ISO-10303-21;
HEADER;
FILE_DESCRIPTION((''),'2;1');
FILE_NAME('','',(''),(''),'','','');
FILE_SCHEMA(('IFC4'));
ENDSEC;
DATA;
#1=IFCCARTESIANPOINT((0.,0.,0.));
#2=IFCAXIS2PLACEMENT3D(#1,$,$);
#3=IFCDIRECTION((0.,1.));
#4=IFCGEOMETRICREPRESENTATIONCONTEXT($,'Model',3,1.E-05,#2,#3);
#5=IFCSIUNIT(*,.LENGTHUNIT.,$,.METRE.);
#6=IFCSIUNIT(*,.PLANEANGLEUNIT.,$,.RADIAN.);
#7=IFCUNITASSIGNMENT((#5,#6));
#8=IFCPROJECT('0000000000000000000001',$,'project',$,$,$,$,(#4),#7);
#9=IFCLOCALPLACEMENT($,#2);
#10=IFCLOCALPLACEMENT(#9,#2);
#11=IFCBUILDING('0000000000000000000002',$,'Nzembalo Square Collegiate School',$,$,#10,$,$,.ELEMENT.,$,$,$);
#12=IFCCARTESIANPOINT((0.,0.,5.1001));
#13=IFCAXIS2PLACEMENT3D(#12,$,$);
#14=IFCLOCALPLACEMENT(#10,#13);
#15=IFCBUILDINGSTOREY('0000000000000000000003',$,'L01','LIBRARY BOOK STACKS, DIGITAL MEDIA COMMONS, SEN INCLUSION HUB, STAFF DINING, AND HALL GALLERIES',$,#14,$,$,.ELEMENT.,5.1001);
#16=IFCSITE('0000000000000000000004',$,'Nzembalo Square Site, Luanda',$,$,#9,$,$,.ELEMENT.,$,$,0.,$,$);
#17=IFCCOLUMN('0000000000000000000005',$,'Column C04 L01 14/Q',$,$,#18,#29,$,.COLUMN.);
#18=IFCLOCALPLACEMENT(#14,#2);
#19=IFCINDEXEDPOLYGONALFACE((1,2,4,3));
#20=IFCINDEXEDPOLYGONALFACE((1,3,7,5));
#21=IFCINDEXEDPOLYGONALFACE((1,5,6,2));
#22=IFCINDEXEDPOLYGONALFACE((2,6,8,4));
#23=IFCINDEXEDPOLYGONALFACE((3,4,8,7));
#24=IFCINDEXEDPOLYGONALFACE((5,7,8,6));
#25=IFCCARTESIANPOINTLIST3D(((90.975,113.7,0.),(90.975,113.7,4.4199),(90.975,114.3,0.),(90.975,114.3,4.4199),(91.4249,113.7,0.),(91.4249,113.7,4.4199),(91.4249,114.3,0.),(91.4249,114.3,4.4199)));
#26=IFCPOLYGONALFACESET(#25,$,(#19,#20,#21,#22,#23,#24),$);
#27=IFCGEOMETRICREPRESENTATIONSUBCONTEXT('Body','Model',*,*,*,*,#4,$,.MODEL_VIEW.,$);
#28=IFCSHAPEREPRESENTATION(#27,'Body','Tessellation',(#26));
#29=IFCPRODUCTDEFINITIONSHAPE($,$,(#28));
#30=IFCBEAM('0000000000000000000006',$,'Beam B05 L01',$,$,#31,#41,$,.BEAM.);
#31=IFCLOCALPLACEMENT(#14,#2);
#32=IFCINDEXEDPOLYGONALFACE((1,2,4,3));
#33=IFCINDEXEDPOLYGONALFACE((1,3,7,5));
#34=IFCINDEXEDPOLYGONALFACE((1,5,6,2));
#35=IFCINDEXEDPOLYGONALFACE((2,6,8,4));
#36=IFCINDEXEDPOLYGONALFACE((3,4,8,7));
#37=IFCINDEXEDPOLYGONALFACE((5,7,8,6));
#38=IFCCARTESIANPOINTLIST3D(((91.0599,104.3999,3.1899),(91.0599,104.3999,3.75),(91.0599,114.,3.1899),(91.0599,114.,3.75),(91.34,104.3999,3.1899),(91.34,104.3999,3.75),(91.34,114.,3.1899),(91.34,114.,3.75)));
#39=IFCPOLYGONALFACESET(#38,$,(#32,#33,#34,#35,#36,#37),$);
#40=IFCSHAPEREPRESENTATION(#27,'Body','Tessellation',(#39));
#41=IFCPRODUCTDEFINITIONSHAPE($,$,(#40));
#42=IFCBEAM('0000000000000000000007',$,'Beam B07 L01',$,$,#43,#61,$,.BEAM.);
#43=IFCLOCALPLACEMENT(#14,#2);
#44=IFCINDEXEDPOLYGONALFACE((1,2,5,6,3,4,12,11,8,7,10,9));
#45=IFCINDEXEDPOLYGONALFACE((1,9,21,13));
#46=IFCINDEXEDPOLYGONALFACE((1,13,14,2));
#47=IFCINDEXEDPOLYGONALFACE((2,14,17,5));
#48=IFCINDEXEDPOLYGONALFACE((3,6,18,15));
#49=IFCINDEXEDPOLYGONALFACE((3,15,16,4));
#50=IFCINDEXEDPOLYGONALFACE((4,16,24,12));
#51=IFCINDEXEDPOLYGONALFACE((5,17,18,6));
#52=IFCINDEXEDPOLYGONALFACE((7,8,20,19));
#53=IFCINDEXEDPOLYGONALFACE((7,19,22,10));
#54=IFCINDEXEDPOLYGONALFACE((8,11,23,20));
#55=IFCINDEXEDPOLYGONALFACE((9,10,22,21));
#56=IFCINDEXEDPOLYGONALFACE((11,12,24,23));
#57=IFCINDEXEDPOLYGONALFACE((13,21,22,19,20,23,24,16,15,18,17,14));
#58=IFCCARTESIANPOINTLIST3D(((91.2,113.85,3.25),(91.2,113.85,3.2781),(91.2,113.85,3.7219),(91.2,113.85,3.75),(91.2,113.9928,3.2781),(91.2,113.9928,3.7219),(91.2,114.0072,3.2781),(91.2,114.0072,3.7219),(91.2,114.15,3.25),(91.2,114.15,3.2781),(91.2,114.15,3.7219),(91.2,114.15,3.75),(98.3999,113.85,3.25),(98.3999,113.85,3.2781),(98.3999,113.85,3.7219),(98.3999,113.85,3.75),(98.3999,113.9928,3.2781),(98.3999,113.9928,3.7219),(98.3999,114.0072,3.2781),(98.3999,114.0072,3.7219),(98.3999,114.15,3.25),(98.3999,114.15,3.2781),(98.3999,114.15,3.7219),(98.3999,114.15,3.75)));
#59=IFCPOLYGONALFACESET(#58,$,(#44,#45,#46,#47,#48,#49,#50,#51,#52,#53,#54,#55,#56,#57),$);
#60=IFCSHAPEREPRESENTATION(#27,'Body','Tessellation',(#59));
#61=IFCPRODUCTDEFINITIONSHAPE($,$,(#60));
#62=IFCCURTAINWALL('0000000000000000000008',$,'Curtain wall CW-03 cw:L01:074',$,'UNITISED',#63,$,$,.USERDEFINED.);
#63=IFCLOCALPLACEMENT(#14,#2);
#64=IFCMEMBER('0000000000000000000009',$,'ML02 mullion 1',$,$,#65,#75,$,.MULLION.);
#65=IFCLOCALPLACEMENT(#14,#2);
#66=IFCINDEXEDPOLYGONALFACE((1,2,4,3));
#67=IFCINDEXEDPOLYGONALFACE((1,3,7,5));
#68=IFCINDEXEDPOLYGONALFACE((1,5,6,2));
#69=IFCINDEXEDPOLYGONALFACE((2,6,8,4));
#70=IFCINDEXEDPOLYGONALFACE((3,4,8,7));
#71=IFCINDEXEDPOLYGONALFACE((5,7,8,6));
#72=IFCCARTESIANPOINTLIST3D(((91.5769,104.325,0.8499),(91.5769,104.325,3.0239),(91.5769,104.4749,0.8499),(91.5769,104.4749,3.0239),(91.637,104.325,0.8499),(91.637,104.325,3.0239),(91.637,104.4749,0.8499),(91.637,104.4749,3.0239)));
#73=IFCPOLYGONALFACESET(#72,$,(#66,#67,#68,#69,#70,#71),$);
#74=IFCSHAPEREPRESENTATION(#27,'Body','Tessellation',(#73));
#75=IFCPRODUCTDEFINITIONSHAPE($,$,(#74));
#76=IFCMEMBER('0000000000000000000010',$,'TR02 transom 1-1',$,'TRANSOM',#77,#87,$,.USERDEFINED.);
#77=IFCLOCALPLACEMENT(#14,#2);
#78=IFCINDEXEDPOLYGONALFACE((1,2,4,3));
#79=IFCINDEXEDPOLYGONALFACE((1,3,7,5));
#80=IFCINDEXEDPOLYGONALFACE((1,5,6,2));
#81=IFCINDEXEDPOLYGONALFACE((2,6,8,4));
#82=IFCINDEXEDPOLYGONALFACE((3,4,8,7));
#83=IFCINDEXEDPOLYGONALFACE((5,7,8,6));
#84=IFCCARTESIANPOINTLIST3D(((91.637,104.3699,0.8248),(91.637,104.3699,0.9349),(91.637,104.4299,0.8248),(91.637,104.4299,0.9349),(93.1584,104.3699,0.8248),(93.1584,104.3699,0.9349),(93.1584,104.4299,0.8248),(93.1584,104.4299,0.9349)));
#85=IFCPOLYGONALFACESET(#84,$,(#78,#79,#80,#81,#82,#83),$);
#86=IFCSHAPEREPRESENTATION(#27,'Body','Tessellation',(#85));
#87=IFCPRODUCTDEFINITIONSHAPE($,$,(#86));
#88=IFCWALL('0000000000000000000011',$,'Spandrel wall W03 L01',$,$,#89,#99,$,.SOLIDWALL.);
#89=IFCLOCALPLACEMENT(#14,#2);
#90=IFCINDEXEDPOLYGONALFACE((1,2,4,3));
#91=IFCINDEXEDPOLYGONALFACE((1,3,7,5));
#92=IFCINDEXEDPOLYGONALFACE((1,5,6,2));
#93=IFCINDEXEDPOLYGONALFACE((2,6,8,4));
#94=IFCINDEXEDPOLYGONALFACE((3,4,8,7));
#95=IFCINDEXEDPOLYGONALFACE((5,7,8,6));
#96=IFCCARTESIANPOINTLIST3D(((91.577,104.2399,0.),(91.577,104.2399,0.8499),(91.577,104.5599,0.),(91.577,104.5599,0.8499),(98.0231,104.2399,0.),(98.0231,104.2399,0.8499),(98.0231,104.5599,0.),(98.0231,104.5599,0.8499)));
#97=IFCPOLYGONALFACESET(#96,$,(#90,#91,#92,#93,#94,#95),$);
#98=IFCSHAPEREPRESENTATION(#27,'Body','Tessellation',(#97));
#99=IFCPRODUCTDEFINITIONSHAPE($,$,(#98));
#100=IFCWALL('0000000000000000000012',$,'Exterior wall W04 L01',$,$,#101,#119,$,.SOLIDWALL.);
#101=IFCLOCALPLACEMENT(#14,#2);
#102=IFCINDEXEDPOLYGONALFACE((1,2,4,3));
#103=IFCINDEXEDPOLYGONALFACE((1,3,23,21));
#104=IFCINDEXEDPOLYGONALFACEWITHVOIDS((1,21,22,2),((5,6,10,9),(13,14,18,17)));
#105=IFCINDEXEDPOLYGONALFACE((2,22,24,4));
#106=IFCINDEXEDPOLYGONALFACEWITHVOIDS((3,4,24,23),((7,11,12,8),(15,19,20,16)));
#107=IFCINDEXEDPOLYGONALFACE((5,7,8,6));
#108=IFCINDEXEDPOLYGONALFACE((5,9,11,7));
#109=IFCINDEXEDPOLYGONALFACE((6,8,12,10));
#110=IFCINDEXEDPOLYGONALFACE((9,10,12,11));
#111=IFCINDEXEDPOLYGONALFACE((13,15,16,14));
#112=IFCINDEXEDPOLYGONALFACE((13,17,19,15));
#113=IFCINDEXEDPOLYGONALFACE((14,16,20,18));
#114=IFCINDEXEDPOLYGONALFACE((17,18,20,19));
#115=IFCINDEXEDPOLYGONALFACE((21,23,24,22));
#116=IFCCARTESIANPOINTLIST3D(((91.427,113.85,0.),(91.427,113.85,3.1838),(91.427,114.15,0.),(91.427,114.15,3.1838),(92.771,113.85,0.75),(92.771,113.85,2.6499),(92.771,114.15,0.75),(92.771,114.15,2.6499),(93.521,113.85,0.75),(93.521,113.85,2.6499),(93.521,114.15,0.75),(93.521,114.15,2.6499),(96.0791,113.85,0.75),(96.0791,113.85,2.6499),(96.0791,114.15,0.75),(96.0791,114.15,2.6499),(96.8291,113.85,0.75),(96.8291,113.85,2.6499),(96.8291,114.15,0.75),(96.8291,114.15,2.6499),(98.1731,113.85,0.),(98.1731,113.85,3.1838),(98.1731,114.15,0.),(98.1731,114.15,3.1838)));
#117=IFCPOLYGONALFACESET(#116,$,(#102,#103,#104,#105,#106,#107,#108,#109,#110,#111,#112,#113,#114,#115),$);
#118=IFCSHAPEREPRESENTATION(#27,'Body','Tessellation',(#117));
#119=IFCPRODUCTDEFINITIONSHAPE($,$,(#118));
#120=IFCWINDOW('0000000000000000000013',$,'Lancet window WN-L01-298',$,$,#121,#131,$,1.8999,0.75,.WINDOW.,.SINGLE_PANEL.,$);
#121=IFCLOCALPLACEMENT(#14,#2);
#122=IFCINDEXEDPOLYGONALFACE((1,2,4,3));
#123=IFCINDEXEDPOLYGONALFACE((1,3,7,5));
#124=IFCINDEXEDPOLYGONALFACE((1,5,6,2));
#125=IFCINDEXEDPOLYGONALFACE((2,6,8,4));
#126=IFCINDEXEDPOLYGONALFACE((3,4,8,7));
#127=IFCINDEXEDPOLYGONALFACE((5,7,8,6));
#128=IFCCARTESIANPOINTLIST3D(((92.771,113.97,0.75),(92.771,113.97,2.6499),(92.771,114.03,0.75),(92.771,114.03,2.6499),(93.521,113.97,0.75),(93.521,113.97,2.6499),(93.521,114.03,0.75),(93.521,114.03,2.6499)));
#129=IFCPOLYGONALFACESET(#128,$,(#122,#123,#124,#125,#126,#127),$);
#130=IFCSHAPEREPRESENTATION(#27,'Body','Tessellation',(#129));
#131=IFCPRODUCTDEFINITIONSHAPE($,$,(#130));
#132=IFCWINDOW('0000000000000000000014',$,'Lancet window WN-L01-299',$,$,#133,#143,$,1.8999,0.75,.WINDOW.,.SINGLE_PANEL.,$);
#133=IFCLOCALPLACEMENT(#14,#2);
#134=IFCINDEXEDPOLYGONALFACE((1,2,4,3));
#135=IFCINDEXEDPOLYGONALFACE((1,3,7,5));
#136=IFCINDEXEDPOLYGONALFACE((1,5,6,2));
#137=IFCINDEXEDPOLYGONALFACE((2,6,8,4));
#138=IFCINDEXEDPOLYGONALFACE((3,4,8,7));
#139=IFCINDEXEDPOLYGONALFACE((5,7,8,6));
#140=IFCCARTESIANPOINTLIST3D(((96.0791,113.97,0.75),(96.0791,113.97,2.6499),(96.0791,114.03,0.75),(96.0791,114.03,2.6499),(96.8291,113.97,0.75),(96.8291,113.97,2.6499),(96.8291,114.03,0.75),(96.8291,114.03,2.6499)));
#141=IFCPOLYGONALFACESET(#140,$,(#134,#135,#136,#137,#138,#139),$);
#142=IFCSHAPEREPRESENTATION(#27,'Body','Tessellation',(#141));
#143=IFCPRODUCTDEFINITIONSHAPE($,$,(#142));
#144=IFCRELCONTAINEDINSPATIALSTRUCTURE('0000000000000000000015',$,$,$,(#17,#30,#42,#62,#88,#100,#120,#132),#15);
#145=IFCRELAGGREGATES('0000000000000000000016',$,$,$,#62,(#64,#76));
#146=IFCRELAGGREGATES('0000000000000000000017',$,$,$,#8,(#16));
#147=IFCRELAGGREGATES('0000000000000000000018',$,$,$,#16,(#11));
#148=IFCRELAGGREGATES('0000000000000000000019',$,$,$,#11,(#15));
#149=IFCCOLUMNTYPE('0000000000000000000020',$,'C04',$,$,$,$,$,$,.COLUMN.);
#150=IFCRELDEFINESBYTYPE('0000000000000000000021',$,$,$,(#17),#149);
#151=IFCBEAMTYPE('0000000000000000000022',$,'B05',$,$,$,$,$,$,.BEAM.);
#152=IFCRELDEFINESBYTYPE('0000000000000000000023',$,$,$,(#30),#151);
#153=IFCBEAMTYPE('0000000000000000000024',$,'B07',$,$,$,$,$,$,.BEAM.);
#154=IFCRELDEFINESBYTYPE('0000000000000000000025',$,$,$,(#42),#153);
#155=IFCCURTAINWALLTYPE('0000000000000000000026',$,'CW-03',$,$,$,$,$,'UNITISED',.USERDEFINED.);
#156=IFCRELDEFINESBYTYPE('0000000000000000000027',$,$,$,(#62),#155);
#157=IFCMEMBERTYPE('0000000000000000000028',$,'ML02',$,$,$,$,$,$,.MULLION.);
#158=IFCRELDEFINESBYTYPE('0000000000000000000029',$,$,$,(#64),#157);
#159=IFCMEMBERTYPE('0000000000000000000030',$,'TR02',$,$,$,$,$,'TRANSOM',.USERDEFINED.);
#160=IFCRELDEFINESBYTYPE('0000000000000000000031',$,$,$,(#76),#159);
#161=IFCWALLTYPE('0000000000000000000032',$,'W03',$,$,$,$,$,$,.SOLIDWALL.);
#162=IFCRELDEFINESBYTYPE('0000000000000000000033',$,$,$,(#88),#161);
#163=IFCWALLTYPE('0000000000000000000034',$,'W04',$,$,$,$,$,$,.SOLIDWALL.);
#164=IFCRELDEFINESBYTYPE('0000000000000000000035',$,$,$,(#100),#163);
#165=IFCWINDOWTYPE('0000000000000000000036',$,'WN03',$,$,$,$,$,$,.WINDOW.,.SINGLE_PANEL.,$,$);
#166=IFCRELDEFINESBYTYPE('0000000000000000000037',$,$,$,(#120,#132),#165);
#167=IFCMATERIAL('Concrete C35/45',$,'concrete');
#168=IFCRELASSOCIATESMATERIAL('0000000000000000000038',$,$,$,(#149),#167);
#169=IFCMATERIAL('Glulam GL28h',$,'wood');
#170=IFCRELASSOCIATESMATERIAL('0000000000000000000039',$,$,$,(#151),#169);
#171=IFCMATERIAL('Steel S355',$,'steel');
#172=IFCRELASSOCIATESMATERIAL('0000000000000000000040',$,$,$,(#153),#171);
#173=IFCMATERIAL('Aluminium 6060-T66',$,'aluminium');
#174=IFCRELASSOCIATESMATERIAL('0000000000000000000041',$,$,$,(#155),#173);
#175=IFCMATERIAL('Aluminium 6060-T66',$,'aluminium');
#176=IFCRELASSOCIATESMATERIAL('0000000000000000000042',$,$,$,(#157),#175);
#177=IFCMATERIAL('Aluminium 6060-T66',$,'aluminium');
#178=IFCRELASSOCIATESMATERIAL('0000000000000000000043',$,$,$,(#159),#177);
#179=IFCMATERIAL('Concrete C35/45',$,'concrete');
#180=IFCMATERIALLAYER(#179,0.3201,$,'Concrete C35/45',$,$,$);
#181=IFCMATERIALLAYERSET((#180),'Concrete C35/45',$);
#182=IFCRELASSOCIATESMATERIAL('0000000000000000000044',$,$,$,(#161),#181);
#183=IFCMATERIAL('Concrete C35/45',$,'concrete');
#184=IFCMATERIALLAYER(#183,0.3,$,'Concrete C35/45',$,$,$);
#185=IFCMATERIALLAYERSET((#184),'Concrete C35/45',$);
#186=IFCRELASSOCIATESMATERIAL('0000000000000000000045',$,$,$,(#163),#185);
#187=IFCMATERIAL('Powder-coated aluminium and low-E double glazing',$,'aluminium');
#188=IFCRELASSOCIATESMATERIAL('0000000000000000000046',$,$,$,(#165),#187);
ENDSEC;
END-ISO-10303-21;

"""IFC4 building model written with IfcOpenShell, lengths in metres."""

from ifc_helpers import new_model, si_unit, direction, frame, frame_2d, origin, origin_2d, place, context, subcontext, project, spatial, rectangle, i_section, extrude, material, layer, layer_set, material_profile, profile_set, type_object, element, fill, aggregate, save


model = new_model("IFC4")

# Units and contexts
model_context = context("Model", 3, precision=1e-05, world=origin(), true_north=direction((0.0, 1.0)))
body_context = subcontext(model_context, "Body", "Model", "MODEL_VIEW")
ifc_project = project(units=[si_unit("LENGTHUNIT", "METRE"), si_unit("PLANEANGLEUNIT", "RADIAN")], contexts=[model_context])

# Site, building, storey
site_placement = place(None, origin())
site = spatial("IfcSite", under=ifc_project, at=site_placement, Name="Nzembalo Square Site, Luanda", CompositionType="ELEMENT", RefElevation=0.0)
building_placement = place(site_placement, origin())
building = spatial("IfcBuilding", under=site, at=building_placement, Name="Nzembalo Square Collegiate School", CompositionType="ELEMENT")
storey_placement = place(building_placement, frame((0.0, 0.0, 5.1001)))
storey = spatial("IfcBuildingStorey", under=building, at=storey_placement, Name="L01", Description="LIBRARY BOOK STACKS, DIGITAL MEDIA COMMONS, SEN INCLUSION HUB, STAFF DINING, AND HALL GALLERIES", CompositionType="ELEMENT", Elevation=5.1001)

# Column
ifc_material_1 = material(Name="Concrete C35/45", Category="concrete")
ifc_material_profile_1 = material_profile(ifc_material_1, rectangle(XDim=0.45, YDim=0.6001, at=origin_2d()), Name="RC 450x600")
ifc_profile_set_1 = profile_set([ifc_material_profile_1], Name="Concrete C35/45")
column_type = type_object("IfcColumnType", Name="C04", PredefinedType="COLUMN", material=ifc_profile_set_1)
column_placement = place(storey_placement, frame((91.2, 114.0, 0.0), z_axis=(0.0, 0.0, 1.0), x_axis=(1.0, 0.0, 0.0)))
element("IfcColumn", 1, at=column_placement, inside=storey, type_object=column_type, Name="Column C04 L01 14/Q", PredefinedType="COLUMN", context=body_context, shape_type="SweptSolid", body=[
    extrude(rectangle(XDim=0.45, YDim=0.6001, at=origin_2d()), origin(), (0.0, 0.0, 1.0), 4.4199),
])

# Beams
ifc_material_2 = material(Name="Glulam GL28h", Category="wood")
ifc_material_profile_2 = material_profile(ifc_material_2, rectangle(XDim=0.28, YDim=0.5601, at=origin_2d()), Name="GL28h 280x560")
ifc_profile_set_2 = profile_set([ifc_material_profile_2], Name="Glulam GL28h")
beam_type_1 = type_object("IfcBeamType", Name="B05", PredefinedType="BEAM", material=ifc_profile_set_2)
beam_1_placement = place(storey_placement, frame((91.2, 104.3999, 3.47), z_axis=(0.0, 1.0, 0.0), x_axis=(-1.0, 0.0, 0.0)))
element("IfcBeam", 2, at=beam_1_placement, inside=storey, type_object=beam_type_1, Name="Beam B05 L01", PredefinedType="BEAM", context=body_context, shape_type="SweptSolid", body=[
    extrude(rectangle(XDim=0.28, YDim=0.5601, at=origin_2d()), origin(), (0.0, 0.0, 1.0), 9.6001),
])
ifc_material_3 = material(Name="Steel S355", Category="steel")
ifc_material_profile_3 = material_profile(ifc_material_3, i_section(OverallWidth=0.3, OverallDepth=0.5, WebThickness=0.0144, FlangeThickness=0.0281, at=origin_2d()), Name="HEB 500")
ifc_profile_set_3 = profile_set([ifc_material_profile_3], Name="Steel S355")
beam_type_2 = type_object("IfcBeamType", Name="B07", PredefinedType="BEAM", material=ifc_profile_set_3)
beam_2_placement = place(storey_placement, frame((91.2, 114.0, 3.5), z_axis=(1.0, 0.0, 0.0), x_axis=(0.0, 1.0, 0.0)))
element("IfcBeam", 3, at=beam_2_placement, inside=storey, type_object=beam_type_2, Name="Beam B07 L01", PredefinedType="BEAM", context=body_context, shape_type="SweptSolid", body=[
    extrude(i_section(OverallWidth=0.3, OverallDepth=0.5, WebThickness=0.0144, FlangeThickness=0.0281, at=origin_2d()), origin(), (0.0, 0.0, 1.0), 7.2),
])

# Curtain wall, members
ifc_material_4 = material(Name="Aluminium 6060-T66", Category="aluminium")
curtain_wall_type = type_object("IfcCurtainWallType", Name="CW-03", ElementType="UNITISED", PredefinedType="USERDEFINED", material=ifc_material_4)
curtain_wall_placement = place(storey_placement, origin())
curtain_wall = element("IfcCurtainWall", 4, at=curtain_wall_placement, inside=storey, type_object=curtain_wall_type, Name="Curtain wall CW-03 cw:L01:074", ObjectType="UNITISED", PredefinedType="USERDEFINED")
ifc_material_5 = material(Name="Aluminium 6060-T66", Category="aluminium")
ifc_material_profile_4 = material_profile(ifc_material_5, rectangle(XDim=0.0601, YDim=0.1499, at=origin_2d()), Name="ALU M60x150")
ifc_profile_set_4 = profile_set([ifc_material_profile_4], Name="Aluminium 6060-T66")
member_type_1 = type_object("IfcMemberType", Name="ML02", PredefinedType="MULLION", material=ifc_profile_set_4)
member_1_placement = place(storey_placement, frame((91.6069, 104.3999, 0.8499), z_axis=(0.0, 0.0, 1.0), x_axis=(1.0, 0.0, 0.0)))
member_1 = element("IfcMember", 5, at=member_1_placement, type_object=member_type_1, Name="ML02 mullion 1", PredefinedType="MULLION", context=body_context, shape_type="SweptSolid", body=[
    extrude(rectangle(XDim=0.0601, YDim=0.1499, at=origin_2d()), origin(), (0.0, 0.0, 1.0), 2.1741),
])
ifc_material_6 = material(Name="Aluminium 6060-T66", Category="aluminium")
ifc_material_profile_5 = material_profile(ifc_material_6, rectangle(XDim=0.0601, YDim=0.1101, at=origin_2d()), Name="ALU T60x110")
ifc_profile_set_5 = profile_set([ifc_material_profile_5], Name="Aluminium 6060-T66")
member_type_2 = type_object("IfcMemberType", Name="TR02", ElementType="TRANSOM", PredefinedType="USERDEFINED", material=ifc_profile_set_5)
member_2_placement = place(storey_placement, frame((91.637, 104.3999, 0.8799), z_axis=(1.0, 0.0, 0.0), x_axis=(0.0, 1.0, 0.0)))
member_2 = element("IfcMember", 6, at=member_2_placement, type_object=member_type_2, Name="TR02 transom 1-1", ObjectType="TRANSOM", PredefinedType="USERDEFINED", context=body_context, shape_type="SweptSolid", body=[
    extrude(rectangle(XDim=0.0601, YDim=0.1101, at=origin_2d()), origin(), (0.0, 0.0, 1.0), 1.5215),
])
aggregate(curtain_wall, [member_1, member_2])

# Wall
ifc_material_7 = material(Name="Concrete C35/45", Category="concrete")
ifc_layer_1 = layer(ifc_material_7, 0.3201, Name="Concrete C35/45")
ifc_layer_set_1 = layer_set([ifc_layer_1], Name="Concrete C35/45")
wall_type_1 = type_object("IfcWallType", Name="W03", PredefinedType="SOLIDWALL", material=ifc_layer_set_1)
wall_1_placement = place(storey_placement, frame((91.5769, 104.3999, 0.0), z_axis=(0.0, 0.0, 1.0), x_axis=(1.0, 0.0, 0.0)))
element("IfcWall", 7, at=wall_1_placement, inside=storey, type_object=wall_type_1, Name="Spandrel wall W03 L01", PredefinedType="SOLIDWALL", context=body_context, shape_type="SweptSolid", body=[
    extrude(rectangle(XDim=6.446, YDim=0.3201, at=frame_2d((3.2231, 0.0))), origin(), (0.0, 0.0, 1.0), 0.8499),
])

# Wall, openings, windows
ifc_material_8 = material(Name="Concrete C35/45", Category="concrete")
ifc_layer_2 = layer(ifc_material_8, 0.3, Name="Concrete C35/45")
ifc_layer_set_2 = layer_set([ifc_layer_2], Name="Concrete C35/45")
wall_type_2 = type_object("IfcWallType", Name="W04", PredefinedType="SOLIDWALL", material=ifc_layer_set_2)
wall_2_placement = place(storey_placement, frame((91.427, 114.0, 0.0), z_axis=(0.0, 0.0, 1.0), x_axis=(1.0, 0.0, 0.0)))
wall_2 = element("IfcWall", 8, at=wall_2_placement, inside=storey, type_object=wall_type_2, Name="Exterior wall W04 L01", PredefinedType="SOLIDWALL", context=body_context, shape_type="SweptSolid", body=[
    extrude(rectangle(XDim=6.7461, YDim=0.3, at=frame_2d((3.373, 0.0))), origin(), (0.0, 0.0, 1.0), 3.1838),
])
opening_1_placement = place(wall_2_placement, frame((1.344, 0.0, 0.75)))
opening_1 = element("IfcOpeningElement", 9, at=opening_1_placement, cuts=wall_2, PredefinedType="OPENING", context=body_context, shape_type="SweptSolid", body=[
    extrude(rectangle(XDim=0.75, YDim=1.8999, at=frame_2d((0.375, 0.95))), frame((0.0, 0.1602, 0.0), z_axis=(0.0, -1.0, 0.0), x_axis=(1.0, 0.0, 0.0)), (0.0, 0.0, 1.0), 0.3201),
])
opening_2_placement = place(wall_2_placement, frame((4.6521, 0.0, 0.75)))
opening_2 = element("IfcOpeningElement", 10, at=opening_2_placement, cuts=wall_2, PredefinedType="OPENING", context=body_context, shape_type="SweptSolid", body=[
    extrude(rectangle(XDim=0.75, YDim=1.8999, at=frame_2d((0.375, 0.95))), frame((0.0, 0.1602, 0.0), z_axis=(0.0, -1.0, 0.0), x_axis=(1.0, 0.0, 0.0)), (0.0, 0.0, 1.0), 0.3201),
])
ifc_material_9 = material(Name="Powder-coated aluminium and low-E double glazing", Category="aluminium")
window_type = type_object("IfcWindowType", Name="WN03", PartitioningType="SINGLE_PANEL", PredefinedType="WINDOW", material=ifc_material_9)
window_1_placement = place(opening_1_placement, origin())
window_1 = element("IfcWindow", 11, at=window_1_placement, inside=storey, type_object=window_type, Name="Lancet window WN-L01-298", OverallHeight=1.8999, OverallWidth=0.75, PartitioningType="SINGLE_PANEL", PredefinedType="WINDOW", context=body_context, shape_type="SweptSolid", body=[
    extrude(rectangle(XDim=0.75, YDim=1.8999, at=frame_2d((0.375, 0.95))), frame((0.0, 0.03, 0.0), z_axis=(0.0, -1.0, 0.0), x_axis=(1.0, 0.0, 0.0)), (0.0, 0.0, 1.0), 0.0601),
])
fill(opening_1, window_1)
window_2_placement = place(opening_2_placement, origin())
window_2 = element("IfcWindow", 12, at=window_2_placement, inside=storey, type_object=window_type, Name="Lancet window WN-L01-299", OverallHeight=1.8999, OverallWidth=0.75, PartitioningType="SINGLE_PANEL", PredefinedType="WINDOW", context=body_context, shape_type="SweptSolid", body=[
    extrude(rectangle(XDim=0.75, YDim=1.8999, at=frame_2d((0.375, 0.95))), frame((0.0, 0.03, 0.0), z_axis=(0.0, -1.0, 0.0), x_axis=(1.0, 0.0, 0.0)), (0.0, 0.0, 1.0), 0.0601),
])
fill(opening_2, window_2)

save(model, "model.ifc")
